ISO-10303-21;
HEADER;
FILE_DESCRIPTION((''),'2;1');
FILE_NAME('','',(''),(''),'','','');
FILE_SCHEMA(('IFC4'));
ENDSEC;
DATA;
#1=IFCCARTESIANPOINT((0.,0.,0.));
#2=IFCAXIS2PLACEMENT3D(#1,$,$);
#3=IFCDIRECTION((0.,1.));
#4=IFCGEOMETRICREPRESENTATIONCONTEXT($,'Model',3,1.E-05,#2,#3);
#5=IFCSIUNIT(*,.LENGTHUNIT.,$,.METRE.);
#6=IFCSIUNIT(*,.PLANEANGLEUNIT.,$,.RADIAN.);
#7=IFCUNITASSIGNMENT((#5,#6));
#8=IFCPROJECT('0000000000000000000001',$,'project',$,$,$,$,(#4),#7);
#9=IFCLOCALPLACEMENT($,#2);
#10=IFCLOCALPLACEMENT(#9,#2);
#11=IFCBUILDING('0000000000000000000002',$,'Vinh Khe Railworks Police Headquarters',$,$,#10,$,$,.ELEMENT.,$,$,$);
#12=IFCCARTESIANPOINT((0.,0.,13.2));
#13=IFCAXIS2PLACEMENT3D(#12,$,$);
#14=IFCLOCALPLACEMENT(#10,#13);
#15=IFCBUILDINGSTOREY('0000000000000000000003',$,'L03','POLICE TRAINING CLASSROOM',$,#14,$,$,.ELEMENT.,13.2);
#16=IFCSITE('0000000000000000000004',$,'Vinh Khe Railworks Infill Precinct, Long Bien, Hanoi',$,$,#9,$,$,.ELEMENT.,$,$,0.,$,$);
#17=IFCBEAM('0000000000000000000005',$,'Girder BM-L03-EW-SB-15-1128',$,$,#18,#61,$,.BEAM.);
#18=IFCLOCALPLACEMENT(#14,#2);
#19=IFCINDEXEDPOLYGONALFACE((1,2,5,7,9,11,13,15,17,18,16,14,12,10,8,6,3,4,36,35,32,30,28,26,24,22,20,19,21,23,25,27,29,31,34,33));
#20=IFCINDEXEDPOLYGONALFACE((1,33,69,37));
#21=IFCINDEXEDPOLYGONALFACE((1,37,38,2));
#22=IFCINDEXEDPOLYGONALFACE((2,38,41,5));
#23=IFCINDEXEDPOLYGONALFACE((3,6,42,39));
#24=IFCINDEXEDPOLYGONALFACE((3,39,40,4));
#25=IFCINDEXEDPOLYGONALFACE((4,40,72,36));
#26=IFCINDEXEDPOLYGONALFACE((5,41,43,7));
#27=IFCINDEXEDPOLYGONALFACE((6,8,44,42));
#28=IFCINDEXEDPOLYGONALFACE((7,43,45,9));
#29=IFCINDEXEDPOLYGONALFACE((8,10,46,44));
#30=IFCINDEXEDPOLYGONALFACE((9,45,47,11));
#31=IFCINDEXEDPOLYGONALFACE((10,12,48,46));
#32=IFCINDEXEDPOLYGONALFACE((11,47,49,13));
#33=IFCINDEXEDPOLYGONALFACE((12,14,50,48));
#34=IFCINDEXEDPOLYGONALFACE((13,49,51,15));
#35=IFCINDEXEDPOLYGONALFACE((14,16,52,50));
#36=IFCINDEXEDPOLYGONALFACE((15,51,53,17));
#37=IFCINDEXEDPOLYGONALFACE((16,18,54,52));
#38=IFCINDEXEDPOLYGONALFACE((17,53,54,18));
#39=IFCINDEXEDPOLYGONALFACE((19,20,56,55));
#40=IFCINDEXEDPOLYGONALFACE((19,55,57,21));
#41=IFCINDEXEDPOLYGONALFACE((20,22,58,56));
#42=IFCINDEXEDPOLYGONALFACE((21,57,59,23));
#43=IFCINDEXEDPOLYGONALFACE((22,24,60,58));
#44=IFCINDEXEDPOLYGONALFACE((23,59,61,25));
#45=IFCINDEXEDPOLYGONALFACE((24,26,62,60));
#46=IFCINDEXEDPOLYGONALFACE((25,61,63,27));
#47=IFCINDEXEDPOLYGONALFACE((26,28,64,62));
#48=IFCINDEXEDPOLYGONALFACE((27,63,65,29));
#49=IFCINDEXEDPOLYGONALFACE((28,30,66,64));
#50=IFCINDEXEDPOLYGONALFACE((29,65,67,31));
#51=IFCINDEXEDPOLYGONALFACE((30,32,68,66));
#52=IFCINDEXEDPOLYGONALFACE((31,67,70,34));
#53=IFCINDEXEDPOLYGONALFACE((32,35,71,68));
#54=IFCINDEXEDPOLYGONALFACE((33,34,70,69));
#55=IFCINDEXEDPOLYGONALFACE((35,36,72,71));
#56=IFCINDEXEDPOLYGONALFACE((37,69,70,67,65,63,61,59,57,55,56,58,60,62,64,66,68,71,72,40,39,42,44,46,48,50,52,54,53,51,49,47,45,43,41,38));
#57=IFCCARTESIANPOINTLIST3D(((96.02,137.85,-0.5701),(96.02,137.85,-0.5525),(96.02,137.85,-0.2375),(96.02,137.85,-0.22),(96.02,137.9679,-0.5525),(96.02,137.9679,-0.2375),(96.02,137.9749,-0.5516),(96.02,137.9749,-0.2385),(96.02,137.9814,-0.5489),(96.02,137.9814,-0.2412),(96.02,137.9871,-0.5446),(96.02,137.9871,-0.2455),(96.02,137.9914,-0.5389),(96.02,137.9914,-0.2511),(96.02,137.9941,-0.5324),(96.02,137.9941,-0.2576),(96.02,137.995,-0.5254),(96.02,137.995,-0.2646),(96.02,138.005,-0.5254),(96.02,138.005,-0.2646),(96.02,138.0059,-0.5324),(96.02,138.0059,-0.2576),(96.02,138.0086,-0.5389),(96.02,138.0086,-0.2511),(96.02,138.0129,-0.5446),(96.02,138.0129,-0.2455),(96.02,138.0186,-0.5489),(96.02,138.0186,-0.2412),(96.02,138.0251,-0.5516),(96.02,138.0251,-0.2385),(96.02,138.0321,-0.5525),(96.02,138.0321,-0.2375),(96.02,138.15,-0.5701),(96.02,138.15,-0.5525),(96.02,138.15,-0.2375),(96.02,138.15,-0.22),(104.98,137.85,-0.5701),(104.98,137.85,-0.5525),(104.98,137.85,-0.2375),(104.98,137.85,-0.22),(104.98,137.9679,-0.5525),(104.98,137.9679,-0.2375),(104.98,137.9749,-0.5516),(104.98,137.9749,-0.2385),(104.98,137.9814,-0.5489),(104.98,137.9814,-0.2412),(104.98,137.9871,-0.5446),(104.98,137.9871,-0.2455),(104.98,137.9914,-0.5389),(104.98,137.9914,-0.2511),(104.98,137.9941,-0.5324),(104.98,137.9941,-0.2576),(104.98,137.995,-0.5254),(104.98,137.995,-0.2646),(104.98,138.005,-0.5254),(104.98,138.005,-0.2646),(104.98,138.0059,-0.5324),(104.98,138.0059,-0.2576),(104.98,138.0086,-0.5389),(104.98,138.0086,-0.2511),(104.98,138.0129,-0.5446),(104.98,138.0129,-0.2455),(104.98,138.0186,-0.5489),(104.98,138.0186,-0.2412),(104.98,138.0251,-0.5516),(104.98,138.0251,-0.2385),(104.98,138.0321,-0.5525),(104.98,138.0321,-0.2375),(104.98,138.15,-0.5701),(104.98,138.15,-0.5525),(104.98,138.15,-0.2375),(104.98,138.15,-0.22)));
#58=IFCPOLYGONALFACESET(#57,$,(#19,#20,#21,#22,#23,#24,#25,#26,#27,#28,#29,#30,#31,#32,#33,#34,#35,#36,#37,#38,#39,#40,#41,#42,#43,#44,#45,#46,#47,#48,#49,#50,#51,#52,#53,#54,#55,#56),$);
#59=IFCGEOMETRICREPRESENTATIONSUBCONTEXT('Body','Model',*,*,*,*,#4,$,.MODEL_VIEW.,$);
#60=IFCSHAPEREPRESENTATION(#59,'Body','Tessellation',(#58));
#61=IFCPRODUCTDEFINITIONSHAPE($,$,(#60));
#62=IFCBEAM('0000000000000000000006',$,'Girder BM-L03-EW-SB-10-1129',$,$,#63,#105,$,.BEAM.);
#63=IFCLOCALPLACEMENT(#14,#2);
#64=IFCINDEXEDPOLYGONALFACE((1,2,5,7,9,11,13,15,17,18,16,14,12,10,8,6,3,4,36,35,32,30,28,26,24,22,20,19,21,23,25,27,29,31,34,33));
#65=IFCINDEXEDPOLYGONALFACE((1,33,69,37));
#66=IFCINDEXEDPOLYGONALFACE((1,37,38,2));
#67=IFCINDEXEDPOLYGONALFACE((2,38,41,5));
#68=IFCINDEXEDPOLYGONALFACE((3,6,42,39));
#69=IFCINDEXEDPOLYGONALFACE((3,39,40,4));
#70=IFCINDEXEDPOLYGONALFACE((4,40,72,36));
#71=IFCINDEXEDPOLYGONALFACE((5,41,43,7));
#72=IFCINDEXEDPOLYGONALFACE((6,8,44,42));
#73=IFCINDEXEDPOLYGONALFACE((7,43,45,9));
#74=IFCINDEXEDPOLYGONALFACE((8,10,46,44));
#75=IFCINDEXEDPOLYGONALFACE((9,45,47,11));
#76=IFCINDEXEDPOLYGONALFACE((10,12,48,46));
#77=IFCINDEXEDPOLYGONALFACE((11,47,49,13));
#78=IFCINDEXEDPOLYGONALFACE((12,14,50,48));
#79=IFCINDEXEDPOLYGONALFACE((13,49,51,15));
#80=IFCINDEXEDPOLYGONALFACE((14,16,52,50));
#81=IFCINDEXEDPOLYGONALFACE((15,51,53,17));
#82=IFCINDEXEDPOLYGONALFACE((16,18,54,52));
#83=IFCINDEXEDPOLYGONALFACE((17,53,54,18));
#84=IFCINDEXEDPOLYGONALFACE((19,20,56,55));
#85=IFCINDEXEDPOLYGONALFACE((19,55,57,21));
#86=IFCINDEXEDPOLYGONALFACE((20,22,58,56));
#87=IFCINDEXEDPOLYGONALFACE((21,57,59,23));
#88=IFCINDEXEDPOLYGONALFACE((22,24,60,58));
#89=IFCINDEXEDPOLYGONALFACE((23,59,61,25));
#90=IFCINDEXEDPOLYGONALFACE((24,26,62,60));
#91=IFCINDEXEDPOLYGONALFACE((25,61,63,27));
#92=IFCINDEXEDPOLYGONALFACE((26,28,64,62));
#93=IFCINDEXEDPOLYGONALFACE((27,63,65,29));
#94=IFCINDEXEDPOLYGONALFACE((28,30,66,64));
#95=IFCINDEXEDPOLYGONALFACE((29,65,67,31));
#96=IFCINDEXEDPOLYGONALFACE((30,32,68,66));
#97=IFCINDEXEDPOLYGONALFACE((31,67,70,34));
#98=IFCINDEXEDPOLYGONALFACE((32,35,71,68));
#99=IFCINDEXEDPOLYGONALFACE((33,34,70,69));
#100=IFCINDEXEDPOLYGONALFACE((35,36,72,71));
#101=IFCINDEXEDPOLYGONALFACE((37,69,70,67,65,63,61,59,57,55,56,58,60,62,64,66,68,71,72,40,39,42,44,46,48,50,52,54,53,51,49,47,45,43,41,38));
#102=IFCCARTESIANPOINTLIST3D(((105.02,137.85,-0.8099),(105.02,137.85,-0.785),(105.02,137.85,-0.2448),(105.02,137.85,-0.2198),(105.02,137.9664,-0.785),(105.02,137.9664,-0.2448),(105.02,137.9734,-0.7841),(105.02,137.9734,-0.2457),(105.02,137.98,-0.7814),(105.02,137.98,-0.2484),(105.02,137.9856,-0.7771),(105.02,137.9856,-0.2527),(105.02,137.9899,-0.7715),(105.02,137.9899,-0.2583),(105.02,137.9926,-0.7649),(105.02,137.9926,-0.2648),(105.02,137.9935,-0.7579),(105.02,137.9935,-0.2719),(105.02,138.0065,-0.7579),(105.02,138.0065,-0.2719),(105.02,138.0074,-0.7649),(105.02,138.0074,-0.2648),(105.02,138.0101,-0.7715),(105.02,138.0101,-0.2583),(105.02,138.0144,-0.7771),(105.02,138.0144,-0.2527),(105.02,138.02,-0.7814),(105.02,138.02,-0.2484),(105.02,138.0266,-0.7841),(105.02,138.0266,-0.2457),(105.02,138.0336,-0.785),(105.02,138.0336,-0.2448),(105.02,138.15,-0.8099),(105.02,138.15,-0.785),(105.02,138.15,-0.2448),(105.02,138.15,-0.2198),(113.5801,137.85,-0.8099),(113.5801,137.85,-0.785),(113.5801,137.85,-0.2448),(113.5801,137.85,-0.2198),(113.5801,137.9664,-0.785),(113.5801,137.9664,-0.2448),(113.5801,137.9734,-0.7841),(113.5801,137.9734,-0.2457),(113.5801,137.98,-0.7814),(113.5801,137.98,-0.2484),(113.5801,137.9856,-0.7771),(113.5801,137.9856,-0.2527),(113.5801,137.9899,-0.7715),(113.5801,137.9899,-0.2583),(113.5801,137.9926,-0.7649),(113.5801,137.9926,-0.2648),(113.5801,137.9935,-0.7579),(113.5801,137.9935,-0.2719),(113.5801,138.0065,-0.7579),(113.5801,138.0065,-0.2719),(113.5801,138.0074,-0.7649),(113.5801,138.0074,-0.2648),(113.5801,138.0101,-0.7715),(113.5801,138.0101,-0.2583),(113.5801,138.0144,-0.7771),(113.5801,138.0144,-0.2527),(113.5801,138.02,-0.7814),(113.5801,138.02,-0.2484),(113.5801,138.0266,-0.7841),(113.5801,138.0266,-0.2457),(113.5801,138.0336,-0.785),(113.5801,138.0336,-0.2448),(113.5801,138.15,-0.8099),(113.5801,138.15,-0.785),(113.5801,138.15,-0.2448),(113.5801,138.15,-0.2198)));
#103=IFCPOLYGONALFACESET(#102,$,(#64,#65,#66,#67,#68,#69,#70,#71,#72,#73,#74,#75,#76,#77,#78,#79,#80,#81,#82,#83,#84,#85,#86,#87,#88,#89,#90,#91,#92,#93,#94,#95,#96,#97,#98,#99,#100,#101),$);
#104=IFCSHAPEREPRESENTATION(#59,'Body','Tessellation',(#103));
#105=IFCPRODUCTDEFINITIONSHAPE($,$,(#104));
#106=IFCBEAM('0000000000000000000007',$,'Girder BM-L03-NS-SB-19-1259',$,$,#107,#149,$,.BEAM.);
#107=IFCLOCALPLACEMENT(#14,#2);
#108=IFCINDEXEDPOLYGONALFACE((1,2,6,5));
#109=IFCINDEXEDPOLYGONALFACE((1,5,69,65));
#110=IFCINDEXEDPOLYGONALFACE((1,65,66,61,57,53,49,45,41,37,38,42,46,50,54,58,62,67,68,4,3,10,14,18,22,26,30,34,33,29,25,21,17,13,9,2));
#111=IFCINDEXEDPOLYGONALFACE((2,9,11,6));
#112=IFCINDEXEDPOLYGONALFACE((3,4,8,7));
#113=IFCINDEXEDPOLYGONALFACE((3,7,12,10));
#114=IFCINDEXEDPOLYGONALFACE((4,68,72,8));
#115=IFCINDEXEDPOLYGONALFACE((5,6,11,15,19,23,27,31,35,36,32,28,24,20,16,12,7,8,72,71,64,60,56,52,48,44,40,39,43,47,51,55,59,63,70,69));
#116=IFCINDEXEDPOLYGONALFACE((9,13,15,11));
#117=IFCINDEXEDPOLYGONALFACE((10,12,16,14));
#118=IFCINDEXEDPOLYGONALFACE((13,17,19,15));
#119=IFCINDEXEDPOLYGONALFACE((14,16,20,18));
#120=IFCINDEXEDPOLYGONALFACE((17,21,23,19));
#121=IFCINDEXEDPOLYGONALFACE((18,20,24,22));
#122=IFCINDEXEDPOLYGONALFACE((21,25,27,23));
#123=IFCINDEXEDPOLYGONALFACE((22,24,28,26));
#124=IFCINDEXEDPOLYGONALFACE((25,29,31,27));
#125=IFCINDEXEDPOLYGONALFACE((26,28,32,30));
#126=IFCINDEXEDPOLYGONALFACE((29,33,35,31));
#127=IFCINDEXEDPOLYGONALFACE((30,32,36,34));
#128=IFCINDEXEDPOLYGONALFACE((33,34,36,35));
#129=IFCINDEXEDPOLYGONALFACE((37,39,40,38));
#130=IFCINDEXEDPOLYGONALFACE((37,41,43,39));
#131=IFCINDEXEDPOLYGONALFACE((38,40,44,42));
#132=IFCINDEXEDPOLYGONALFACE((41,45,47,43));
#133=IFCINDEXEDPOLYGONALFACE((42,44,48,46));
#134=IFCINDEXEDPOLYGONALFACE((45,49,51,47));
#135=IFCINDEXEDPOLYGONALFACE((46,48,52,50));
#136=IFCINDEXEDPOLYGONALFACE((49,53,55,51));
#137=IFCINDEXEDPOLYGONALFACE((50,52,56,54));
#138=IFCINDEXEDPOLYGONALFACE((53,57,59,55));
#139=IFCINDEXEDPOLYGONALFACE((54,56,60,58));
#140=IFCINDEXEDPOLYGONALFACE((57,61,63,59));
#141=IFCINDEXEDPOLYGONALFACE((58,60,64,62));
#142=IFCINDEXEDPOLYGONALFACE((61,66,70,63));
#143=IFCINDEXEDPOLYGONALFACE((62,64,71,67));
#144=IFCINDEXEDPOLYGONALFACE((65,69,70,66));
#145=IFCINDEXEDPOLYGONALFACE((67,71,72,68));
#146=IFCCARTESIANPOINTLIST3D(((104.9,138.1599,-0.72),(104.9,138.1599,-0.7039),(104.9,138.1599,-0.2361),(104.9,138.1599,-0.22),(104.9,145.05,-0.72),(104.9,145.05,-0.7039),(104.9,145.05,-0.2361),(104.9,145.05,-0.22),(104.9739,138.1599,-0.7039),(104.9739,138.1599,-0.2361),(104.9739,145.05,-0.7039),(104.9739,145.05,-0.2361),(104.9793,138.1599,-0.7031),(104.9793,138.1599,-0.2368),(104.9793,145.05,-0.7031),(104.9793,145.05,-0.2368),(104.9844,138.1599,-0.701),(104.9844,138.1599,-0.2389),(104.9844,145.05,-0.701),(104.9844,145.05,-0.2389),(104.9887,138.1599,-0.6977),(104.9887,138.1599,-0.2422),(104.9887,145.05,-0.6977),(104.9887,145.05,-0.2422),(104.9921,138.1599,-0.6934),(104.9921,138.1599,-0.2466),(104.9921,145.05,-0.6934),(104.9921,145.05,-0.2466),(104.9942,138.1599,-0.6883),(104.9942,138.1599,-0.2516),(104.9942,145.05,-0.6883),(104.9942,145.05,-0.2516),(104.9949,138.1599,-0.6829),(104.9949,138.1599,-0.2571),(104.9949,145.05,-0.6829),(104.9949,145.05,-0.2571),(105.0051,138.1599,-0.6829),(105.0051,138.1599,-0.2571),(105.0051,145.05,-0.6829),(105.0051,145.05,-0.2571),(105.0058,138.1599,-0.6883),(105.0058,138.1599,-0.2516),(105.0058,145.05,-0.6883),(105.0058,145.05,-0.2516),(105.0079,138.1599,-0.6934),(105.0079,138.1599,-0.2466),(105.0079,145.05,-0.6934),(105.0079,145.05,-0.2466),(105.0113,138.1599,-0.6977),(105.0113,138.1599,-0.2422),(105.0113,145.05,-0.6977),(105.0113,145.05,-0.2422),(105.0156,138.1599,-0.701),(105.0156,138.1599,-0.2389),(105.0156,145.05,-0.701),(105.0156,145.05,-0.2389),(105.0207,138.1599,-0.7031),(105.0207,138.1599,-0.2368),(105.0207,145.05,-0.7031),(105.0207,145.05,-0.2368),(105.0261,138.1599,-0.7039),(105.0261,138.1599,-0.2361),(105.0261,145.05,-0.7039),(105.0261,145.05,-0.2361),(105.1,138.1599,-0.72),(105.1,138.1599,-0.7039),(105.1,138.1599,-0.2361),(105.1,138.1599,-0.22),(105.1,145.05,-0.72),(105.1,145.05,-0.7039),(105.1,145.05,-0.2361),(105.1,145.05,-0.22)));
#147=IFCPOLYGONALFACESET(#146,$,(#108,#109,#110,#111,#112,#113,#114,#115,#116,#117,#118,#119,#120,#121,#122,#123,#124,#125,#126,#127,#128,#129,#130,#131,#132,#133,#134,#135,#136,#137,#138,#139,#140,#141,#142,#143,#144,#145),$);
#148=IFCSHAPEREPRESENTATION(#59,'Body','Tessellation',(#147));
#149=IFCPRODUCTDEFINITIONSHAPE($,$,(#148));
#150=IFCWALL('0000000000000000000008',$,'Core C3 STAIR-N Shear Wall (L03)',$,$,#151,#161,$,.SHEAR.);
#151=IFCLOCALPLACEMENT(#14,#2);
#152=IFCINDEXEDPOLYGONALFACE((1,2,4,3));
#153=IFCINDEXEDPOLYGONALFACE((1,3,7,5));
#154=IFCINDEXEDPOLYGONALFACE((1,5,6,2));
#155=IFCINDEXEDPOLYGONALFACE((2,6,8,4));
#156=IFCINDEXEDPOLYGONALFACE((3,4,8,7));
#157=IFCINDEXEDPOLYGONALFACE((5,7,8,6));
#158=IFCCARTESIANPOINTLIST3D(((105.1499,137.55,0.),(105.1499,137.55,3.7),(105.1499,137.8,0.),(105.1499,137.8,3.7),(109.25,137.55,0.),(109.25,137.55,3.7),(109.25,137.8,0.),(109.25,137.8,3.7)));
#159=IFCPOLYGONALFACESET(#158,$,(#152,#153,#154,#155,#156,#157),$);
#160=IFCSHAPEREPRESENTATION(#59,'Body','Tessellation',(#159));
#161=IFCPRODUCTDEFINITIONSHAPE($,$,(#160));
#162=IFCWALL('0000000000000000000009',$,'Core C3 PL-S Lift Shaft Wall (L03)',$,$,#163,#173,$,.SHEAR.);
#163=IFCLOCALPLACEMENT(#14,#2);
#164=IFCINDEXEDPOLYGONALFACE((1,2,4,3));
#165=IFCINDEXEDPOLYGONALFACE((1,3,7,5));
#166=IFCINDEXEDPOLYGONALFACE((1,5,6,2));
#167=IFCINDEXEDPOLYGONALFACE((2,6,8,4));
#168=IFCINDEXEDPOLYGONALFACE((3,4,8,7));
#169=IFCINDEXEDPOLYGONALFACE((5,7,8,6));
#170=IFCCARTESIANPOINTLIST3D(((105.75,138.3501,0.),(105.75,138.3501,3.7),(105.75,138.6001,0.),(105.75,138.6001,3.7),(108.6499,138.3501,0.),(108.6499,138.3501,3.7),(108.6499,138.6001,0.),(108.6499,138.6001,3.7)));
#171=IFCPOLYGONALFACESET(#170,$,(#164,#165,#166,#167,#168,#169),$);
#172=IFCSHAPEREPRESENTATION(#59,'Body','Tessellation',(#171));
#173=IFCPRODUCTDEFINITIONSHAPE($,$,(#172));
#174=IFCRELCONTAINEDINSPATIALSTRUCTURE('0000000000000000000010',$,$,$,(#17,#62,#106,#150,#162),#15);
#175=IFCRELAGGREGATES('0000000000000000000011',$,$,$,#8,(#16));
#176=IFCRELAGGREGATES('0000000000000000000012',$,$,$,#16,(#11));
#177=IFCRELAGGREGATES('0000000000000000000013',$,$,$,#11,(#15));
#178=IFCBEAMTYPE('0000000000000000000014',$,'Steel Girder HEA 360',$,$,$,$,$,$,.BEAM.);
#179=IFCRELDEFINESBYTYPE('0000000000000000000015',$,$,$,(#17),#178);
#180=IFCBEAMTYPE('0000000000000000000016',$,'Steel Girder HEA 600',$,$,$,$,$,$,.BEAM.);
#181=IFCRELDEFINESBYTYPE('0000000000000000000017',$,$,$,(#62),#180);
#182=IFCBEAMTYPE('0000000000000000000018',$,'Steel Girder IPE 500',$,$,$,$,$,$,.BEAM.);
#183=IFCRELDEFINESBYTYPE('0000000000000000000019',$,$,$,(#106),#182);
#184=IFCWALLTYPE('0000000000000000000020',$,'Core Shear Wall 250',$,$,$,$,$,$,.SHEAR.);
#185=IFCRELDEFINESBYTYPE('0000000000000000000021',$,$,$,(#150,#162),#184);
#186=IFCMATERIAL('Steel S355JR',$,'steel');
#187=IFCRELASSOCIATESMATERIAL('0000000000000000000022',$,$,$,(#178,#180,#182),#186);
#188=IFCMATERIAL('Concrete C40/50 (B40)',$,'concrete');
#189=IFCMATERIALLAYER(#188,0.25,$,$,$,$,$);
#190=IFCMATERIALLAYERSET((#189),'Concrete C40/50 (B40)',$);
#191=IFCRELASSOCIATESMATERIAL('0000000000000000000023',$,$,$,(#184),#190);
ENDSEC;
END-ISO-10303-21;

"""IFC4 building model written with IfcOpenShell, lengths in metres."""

from ifc_helpers import new_model, si_unit, direction, frame, frame_2d, origin, origin_2d, place, context, subcontext, project, spatial, rectangle, i_section, extrude, material, layer, layer_set, material_profile, profile_set, type_object, element, save


model = new_model("IFC4")

# Units and contexts
model_context = context("Model", 3, precision=1e-05, world=origin(), true_north=direction((0.0, 1.0)))
body_context = subcontext(model_context, "Body", "Model", "MODEL_VIEW")
ifc_project = project(units=[si_unit("LENGTHUNIT", "METRE"), si_unit("PLANEANGLEUNIT", "RADIAN")], contexts=[model_context])

# Site, building, storey
site_placement = place(None, origin())
site = spatial("IfcSite", under=ifc_project, at=site_placement, Name="Vinh Khe Railworks Infill Precinct, Long Bien, Hanoi", CompositionType="ELEMENT", RefElevation=0.0)
building_placement = place(site_placement, origin())
building = spatial("IfcBuilding", under=site, at=building_placement, Name="Vinh Khe Railworks Police Headquarters", CompositionType="ELEMENT")
storey_placement = place(building_placement, frame((0.0, 0.0, 13.2)))
storey = spatial("IfcBuildingStorey", under=building, at=storey_placement, Name="L03", Description="POLICE TRAINING CLASSROOM", CompositionType="ELEMENT", Elevation=13.2)

# Shared definitions
ifc_material_1 = material(Name="Steel S355JR", Category="steel")

# Beams
ifc_material_profile_1 = material_profile(ifc_material_1, i_section(OverallWidth=0.3, OverallDepth=0.3501, WebThickness=0.01, FlangeThickness=0.0176, FilletRadius=0.0271, at=origin_2d()), Name="HEA 360")
ifc_profile_set_1 = profile_set([ifc_material_profile_1], Name="Steel S355JR")
beam_type_1 = type_object("IfcBeamType", Name="Steel Girder HEA 360", PredefinedType="BEAM", material=ifc_profile_set_1)
beam_1_placement = place(storey_placement, frame((96.02, 138.0, -0.395), z_axis=(1.0, 0.0, 0.0), x_axis=(0.0, 1.0, 0.0)))
element("IfcBeam", 1, at=beam_1_placement, inside=storey, type_object=beam_type_1, Name="Girder BM-L03-EW-SB-15-1128", PredefinedType="BEAM", context=body_context, shape_type="SweptSolid", body=[
    extrude(i_section(OverallWidth=0.3, OverallDepth=0.3501, WebThickness=0.01, FlangeThickness=0.0176, FilletRadius=0.0271, at=origin_2d()), origin(), (0.0, 0.0, 1.0), 8.96),
])
ifc_material_profile_2 = material_profile(ifc_material_1, i_section(OverallWidth=0.3, OverallDepth=0.5901, WebThickness=0.0129, FlangeThickness=0.0249, FilletRadius=0.0271, at=origin_2d()), Name="HEA 600")
ifc_profile_set_2 = profile_set([ifc_material_profile_2], Name="Steel S355JR")
beam_type_2 = type_object("IfcBeamType", Name="Steel Girder HEA 600", PredefinedType="BEAM", material=ifc_profile_set_2)
beam_2_placement = place(storey_placement, frame((105.02, 138.0, -0.5149), z_axis=(1.0, 0.0, 0.0), x_axis=(0.0, 1.0, 0.0)))
element("IfcBeam", 2, at=beam_2_placement, inside=storey, type_object=beam_type_2, Name="Girder BM-L03-EW-SB-10-1129", PredefinedType="BEAM", context=body_context, shape_type="SweptSolid", body=[
    extrude(i_section(OverallWidth=0.3, OverallDepth=0.5901, WebThickness=0.0129, FlangeThickness=0.0249, FilletRadius=0.0271, at=origin_2d()), origin(), (0.0, 0.0, 1.0), 8.5601),
])
ifc_material_profile_3 = material_profile(ifc_material_1, i_section(OverallWidth=0.2, OverallDepth=0.5, WebThickness=0.0103, FlangeThickness=0.0161, FilletRadius=0.021, at=origin_2d()), Name="IPE 500")
ifc_profile_set_3 = profile_set([ifc_material_profile_3], Name="Steel S355JR")
beam_type_3 = type_object("IfcBeamType", Name="Steel Girder IPE 500", PredefinedType="BEAM", material=ifc_profile_set_3)
beam_3_placement = place(storey_placement, frame((105.0, 138.1599, -0.47), z_axis=(0.0, 1.0, 0.0), x_axis=(-1.0, 0.0, 0.0)))
element("IfcBeam", 3, at=beam_3_placement, inside=storey, type_object=beam_type_3, Name="Girder BM-L03-NS-SB-19-1259", PredefinedType="BEAM", context=body_context, shape_type="SweptSolid", body=[
    extrude(i_section(OverallWidth=0.2, OverallDepth=0.5, WebThickness=0.0103, FlangeThickness=0.0161, FilletRadius=0.021, at=origin_2d()), origin(), (0.0, 0.0, 1.0), 6.8901),
])

# Walls
ifc_material_2 = material(Name="Concrete C40/50 (B40)", Category="concrete")
ifc_layer_1 = layer(ifc_material_2, 0.25)
ifc_layer_set_1 = layer_set([ifc_layer_1], Name="Concrete C40/50 (B40)")
wall_type_1 = type_object("IfcWallType", Name="Core Shear Wall 250", PredefinedType="SHEAR", material=ifc_layer_set_1)
wall_1_placement = place(storey_placement, frame((105.1499, 137.675, 0.0), z_axis=(0.0, 0.0, 1.0), x_axis=(1.0, 0.0, 0.0)))
element("IfcWall", 4, at=wall_1_placement, inside=storey, type_object=wall_type_1, Name="Core C3 STAIR-N Shear Wall (L03)", PredefinedType="SHEAR", context=body_context, shape_type="SweptSolid", body=[
    extrude(rectangle(XDim=4.1001, YDim=0.25, at=frame_2d((2.05, 0.0))), origin(), (0.0, 0.0, 1.0), 3.7),
])
wall_2_placement = place(storey_placement, frame((105.75, 138.4751, 0.0), z_axis=(0.0, 0.0, 1.0), x_axis=(1.0, 0.0, 0.0)))
element("IfcWall", 5, at=wall_2_placement, inside=storey, type_object=wall_type_1, Name="Core C3 PL-S Lift Shaft Wall (L03)", PredefinedType="SHEAR", context=body_context, shape_type="SweptSolid", body=[
    extrude(rectangle(XDim=2.8999, YDim=0.25, at=frame_2d((1.45, 0.0))), origin(), (0.0, 0.0, 1.0), 3.7),
])

save(model, "model.ifc")
